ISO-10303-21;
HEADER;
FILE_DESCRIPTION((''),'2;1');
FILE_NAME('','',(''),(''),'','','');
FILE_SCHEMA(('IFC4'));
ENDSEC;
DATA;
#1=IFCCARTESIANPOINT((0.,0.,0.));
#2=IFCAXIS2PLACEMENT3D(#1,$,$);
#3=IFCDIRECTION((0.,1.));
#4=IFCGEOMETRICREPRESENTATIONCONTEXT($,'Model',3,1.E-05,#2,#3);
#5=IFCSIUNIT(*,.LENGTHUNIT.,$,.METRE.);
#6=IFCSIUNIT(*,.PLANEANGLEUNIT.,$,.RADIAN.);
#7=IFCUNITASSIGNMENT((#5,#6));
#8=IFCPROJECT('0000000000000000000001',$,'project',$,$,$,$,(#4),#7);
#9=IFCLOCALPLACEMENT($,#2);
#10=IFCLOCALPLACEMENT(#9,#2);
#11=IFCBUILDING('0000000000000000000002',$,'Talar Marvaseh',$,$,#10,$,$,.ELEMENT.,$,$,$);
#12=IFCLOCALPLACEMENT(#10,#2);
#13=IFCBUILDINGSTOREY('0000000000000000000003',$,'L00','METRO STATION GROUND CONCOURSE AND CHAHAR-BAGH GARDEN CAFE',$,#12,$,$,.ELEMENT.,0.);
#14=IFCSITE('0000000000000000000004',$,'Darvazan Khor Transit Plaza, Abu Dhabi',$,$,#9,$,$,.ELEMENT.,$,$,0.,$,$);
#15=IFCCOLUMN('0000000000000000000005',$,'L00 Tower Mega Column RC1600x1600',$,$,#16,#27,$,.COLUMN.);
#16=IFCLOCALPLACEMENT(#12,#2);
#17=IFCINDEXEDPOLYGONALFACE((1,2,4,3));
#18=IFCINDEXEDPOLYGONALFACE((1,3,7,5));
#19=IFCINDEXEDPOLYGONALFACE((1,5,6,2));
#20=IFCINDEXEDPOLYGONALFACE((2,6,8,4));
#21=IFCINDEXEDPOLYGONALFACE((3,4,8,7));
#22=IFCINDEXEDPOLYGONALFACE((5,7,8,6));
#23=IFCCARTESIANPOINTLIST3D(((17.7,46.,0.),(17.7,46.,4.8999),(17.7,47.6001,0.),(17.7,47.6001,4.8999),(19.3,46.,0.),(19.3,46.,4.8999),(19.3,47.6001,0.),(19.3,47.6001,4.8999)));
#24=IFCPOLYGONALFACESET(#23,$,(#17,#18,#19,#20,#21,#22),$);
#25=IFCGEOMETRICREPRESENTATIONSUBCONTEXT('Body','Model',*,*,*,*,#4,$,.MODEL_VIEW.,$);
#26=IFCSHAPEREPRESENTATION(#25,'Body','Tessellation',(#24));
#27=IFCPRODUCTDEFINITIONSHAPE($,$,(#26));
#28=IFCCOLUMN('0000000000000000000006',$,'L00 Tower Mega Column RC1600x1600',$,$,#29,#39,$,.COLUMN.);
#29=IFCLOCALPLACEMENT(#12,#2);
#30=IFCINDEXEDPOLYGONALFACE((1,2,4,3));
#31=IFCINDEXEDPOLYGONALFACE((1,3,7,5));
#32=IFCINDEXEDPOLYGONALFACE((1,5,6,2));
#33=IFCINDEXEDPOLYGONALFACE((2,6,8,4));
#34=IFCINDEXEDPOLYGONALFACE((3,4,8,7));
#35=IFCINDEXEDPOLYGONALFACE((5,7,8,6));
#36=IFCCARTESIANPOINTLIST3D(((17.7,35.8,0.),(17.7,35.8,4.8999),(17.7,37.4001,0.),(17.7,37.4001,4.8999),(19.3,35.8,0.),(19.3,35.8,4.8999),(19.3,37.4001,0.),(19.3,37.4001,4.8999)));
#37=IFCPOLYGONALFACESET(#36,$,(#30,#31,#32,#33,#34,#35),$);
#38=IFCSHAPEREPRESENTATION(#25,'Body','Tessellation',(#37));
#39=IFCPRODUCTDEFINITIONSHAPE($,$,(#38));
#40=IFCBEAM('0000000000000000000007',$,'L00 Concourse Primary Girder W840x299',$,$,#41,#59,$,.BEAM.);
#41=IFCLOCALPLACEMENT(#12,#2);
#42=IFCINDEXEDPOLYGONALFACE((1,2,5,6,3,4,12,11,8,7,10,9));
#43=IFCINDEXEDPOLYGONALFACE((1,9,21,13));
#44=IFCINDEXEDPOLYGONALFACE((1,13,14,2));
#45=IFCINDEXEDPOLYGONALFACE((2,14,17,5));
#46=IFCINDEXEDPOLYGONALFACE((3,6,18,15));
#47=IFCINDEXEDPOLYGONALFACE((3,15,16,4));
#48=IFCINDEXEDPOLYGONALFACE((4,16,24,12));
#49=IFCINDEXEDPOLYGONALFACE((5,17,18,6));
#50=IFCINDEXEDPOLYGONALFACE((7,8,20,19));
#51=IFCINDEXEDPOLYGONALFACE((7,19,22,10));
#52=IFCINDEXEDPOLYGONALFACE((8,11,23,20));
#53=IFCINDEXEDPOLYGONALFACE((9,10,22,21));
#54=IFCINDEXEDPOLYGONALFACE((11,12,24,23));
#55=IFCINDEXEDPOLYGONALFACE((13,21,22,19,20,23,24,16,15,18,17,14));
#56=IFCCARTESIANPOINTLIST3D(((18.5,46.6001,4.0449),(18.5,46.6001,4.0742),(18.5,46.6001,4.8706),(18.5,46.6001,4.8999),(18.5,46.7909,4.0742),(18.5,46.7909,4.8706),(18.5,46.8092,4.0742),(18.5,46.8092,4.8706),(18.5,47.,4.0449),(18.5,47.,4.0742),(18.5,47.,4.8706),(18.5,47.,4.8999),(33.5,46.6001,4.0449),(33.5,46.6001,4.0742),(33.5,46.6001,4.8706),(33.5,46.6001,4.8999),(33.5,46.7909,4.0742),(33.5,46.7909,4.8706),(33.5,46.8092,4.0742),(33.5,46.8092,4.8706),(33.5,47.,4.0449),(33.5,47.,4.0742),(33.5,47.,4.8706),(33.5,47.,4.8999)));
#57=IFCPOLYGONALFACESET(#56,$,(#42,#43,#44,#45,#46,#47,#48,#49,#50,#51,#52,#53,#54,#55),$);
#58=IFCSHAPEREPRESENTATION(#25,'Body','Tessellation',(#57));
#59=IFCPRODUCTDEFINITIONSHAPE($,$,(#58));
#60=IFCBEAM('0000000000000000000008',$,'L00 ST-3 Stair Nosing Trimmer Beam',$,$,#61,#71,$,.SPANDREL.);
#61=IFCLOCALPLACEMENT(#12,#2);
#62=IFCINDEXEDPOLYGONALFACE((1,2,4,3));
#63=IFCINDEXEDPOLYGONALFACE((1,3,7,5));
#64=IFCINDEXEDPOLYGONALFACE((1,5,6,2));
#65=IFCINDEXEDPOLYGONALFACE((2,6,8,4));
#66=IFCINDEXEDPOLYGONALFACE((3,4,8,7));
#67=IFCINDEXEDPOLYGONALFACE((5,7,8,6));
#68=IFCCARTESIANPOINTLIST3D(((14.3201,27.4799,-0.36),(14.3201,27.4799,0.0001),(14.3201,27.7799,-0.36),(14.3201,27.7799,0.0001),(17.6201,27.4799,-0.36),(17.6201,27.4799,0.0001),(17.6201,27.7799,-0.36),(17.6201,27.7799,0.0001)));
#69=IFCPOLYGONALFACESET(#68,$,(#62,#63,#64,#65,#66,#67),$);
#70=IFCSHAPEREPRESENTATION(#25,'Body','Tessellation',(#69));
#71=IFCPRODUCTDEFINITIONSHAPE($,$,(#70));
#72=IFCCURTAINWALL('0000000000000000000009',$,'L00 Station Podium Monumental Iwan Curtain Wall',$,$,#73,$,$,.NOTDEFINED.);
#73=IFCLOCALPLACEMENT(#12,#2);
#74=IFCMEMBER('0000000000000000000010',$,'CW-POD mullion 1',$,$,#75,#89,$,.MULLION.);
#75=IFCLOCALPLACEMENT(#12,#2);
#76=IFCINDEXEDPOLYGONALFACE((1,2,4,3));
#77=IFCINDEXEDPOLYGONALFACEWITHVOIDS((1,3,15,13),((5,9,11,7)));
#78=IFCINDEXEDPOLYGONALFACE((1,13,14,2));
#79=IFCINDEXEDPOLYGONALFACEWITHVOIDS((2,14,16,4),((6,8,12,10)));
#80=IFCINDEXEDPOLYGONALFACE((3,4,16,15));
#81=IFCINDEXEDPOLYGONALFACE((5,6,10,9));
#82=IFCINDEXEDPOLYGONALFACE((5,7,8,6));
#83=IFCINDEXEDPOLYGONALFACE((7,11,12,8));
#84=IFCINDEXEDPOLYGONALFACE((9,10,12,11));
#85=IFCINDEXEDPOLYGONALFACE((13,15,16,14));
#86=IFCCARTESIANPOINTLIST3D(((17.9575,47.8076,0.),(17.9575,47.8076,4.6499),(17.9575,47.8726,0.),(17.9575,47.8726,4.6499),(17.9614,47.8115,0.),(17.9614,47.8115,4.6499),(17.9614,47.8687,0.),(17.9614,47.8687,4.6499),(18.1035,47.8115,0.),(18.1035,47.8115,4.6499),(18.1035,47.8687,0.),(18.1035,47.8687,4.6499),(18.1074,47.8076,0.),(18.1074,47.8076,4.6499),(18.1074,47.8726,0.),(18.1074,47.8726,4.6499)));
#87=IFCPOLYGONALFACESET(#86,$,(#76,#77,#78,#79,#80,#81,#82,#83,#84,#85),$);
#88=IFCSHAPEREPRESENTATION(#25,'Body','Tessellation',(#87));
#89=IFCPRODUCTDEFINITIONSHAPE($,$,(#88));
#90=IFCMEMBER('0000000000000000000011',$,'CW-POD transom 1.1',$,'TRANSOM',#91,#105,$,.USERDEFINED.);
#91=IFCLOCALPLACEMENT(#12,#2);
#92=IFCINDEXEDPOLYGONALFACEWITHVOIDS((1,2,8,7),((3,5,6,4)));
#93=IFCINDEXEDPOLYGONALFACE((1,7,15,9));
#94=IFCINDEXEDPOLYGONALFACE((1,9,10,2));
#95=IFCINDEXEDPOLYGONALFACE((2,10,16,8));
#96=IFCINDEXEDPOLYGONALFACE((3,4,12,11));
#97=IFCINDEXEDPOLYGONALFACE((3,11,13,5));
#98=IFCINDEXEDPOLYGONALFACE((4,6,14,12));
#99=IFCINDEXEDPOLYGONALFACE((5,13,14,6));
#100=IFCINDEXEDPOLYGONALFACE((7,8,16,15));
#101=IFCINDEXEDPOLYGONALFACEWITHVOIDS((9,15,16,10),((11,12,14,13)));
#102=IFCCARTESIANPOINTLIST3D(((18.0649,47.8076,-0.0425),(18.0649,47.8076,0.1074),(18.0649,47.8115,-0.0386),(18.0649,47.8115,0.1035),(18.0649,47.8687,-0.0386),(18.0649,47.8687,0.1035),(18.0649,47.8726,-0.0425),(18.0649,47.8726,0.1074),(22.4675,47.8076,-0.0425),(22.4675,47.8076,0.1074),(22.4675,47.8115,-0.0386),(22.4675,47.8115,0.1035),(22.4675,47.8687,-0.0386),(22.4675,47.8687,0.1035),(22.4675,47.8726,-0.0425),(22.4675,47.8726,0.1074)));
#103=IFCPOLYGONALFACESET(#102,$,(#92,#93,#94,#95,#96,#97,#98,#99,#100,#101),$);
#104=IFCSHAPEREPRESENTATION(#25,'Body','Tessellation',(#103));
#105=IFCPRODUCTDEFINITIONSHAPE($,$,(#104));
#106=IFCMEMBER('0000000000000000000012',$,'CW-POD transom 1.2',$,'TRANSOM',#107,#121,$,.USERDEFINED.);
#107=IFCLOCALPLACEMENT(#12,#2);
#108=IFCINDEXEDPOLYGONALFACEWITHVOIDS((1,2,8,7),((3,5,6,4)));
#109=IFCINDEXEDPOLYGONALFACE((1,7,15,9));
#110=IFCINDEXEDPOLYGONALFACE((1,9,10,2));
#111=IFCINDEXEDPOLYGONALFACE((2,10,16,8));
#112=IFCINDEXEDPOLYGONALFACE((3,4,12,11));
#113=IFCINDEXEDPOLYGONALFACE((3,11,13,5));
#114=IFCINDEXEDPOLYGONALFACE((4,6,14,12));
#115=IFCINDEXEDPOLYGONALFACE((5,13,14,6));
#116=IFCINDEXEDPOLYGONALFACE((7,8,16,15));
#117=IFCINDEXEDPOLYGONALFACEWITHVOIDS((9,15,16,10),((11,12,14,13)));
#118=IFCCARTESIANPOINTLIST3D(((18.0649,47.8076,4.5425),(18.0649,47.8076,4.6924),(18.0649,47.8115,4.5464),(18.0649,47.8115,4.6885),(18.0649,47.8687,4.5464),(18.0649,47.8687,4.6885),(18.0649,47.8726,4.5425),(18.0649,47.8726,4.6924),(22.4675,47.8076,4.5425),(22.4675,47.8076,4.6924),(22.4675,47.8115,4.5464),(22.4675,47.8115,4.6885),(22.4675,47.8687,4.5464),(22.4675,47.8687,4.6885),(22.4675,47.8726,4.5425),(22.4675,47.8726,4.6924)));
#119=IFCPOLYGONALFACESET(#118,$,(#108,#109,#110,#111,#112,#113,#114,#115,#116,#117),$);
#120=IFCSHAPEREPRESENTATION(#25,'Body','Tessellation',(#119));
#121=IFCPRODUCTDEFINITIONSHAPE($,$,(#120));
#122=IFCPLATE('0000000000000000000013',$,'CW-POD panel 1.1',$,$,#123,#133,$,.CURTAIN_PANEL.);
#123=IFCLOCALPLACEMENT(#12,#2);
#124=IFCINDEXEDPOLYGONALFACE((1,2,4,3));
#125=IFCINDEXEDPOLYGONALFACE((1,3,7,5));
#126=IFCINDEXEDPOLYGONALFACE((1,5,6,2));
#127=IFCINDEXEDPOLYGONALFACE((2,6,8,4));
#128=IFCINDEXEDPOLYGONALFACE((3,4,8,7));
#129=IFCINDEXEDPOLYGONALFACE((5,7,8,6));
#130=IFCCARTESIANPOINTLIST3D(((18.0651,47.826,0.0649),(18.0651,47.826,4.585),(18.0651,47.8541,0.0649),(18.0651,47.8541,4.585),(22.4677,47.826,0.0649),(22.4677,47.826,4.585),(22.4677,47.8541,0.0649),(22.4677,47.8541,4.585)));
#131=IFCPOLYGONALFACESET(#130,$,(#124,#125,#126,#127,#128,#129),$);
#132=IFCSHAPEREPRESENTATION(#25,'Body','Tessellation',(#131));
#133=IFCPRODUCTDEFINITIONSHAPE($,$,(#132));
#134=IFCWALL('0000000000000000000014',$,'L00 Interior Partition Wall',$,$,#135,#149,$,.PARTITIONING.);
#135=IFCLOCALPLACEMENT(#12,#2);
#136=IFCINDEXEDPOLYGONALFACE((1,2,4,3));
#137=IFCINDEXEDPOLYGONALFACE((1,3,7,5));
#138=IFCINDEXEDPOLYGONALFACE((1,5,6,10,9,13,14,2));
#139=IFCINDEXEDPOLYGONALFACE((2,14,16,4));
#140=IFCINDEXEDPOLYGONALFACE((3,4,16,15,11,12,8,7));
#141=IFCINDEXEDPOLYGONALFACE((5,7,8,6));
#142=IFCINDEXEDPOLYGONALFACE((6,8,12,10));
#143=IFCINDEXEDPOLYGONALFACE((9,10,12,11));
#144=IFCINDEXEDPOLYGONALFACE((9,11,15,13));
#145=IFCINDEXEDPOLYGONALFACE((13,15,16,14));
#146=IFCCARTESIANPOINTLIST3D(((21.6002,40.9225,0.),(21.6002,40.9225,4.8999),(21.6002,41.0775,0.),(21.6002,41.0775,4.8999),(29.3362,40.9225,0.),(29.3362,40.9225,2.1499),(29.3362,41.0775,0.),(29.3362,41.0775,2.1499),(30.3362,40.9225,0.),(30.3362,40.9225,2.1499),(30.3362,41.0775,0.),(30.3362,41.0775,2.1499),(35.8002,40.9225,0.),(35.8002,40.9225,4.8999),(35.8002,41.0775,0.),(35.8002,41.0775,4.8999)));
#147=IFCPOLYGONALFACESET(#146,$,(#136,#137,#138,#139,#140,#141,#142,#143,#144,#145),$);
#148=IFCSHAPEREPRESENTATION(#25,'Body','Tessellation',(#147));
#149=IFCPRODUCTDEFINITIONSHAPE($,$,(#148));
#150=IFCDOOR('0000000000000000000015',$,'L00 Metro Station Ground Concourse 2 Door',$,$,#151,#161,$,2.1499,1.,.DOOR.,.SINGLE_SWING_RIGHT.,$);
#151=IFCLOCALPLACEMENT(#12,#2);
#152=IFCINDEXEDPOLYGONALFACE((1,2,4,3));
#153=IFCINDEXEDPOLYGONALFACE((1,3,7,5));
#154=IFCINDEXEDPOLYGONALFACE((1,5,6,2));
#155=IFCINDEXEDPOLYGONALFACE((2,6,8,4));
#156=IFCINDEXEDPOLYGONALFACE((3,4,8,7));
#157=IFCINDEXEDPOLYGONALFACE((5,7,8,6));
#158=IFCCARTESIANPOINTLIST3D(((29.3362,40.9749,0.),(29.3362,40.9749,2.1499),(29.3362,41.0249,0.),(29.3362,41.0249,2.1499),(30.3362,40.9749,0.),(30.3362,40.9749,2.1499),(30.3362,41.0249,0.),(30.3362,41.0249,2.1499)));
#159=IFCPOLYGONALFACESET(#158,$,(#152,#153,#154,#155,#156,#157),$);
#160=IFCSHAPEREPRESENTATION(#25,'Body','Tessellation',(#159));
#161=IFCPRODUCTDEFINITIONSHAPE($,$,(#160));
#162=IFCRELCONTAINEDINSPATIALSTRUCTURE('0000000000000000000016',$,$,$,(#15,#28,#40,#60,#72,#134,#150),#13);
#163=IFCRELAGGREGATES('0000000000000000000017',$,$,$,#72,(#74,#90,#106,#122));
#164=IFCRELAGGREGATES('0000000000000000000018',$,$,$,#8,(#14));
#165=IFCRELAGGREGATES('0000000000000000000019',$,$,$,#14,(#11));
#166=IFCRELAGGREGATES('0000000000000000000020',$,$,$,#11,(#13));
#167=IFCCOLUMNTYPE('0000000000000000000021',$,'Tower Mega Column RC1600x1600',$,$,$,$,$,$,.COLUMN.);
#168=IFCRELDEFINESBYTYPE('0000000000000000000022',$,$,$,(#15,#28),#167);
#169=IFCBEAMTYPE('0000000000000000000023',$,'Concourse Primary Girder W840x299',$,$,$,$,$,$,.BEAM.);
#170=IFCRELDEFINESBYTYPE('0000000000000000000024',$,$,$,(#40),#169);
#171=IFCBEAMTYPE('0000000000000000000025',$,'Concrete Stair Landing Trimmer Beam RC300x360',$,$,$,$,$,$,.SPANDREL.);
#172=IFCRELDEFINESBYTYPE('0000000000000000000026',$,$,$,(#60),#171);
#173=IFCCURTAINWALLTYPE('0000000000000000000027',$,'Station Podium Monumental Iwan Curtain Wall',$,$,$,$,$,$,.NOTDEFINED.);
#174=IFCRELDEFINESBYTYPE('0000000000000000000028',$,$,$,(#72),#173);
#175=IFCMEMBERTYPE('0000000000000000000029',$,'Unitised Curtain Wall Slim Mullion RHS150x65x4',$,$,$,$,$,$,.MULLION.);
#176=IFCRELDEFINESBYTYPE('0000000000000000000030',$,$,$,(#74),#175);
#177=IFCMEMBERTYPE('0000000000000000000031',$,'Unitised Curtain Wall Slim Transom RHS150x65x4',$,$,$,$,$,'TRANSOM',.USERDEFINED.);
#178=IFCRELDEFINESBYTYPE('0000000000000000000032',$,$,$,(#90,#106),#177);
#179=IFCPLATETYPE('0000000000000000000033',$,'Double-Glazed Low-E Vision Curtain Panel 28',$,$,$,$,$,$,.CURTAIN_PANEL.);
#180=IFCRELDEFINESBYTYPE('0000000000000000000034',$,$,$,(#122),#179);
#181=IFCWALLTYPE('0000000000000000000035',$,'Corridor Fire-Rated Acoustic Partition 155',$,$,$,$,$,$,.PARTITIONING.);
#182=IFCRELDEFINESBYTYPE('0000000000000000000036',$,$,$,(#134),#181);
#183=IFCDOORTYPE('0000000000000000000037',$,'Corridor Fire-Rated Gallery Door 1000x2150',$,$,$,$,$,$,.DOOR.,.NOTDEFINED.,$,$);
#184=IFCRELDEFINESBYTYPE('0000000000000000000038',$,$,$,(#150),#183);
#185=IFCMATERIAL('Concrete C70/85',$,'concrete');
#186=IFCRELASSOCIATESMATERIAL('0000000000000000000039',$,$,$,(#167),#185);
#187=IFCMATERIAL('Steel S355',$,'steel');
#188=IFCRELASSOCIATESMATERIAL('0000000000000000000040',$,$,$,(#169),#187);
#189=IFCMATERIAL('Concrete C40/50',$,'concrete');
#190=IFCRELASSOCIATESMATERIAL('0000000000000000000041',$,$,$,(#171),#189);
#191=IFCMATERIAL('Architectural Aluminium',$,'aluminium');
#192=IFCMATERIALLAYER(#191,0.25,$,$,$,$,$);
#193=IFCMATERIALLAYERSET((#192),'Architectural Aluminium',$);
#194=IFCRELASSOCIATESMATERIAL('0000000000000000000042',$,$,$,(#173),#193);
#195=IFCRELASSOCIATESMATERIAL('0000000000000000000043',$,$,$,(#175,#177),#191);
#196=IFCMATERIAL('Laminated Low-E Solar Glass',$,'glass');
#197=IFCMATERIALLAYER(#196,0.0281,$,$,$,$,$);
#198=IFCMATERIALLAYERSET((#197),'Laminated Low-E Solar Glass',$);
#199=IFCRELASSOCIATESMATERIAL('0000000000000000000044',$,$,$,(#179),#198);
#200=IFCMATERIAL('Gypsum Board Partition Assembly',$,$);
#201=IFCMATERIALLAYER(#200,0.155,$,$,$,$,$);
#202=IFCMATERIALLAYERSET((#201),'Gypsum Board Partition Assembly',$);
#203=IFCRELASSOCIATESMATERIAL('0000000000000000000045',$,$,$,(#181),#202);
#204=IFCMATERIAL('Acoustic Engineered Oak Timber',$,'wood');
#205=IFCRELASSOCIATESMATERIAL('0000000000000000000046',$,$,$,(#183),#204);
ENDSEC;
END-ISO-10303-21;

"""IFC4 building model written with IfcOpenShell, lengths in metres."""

from ifc_helpers import new_model, si_unit, direction, frame, frame_2d, origin, origin_2d, place, context, subcontext, project, spatial, rectangle, hollow_rectangle, i_section, extrude, source, transform, mapped, material, layer, layer_set, material_profile, profile_set, type_object, type_shapes, element, fill, aggregate, save


model = new_model("IFC4")

# Units and contexts
model_context = context("Model", 3, precision=1e-05, world=origin(), true_north=direction((0.0, 1.0)))
body_context = subcontext(model_context, "Body", "Model", "MODEL_VIEW")
ifc_project = project(units=[si_unit("LENGTHUNIT", "METRE"), si_unit("PLANEANGLEUNIT", "RADIAN")], contexts=[model_context])

# Site, building, storey
site_placement = place(None, origin())
site = spatial("IfcSite", under=ifc_project, at=site_placement, Name="Darvazan Khor Transit Plaza, Abu Dhabi", CompositionType="ELEMENT", RefElevation=0.0)
building_placement = place(site_placement, origin())
building = spatial("IfcBuilding", under=site, at=building_placement, Name="Talar Marvaseh", CompositionType="ELEMENT")
storey_placement = place(building_placement, origin())
storey = spatial("IfcBuildingStorey", under=building, at=storey_placement, Name="L00", Description="METRO STATION GROUND CONCOURSE AND CHAHAR-BAGH GARDEN CAFE", CompositionType="ELEMENT", Elevation=0.0)

# Columns
ifc_material_1 = material(Name="Concrete C70/85", Category="concrete")
ifc_material_profile_1 = material_profile(ifc_material_1, rectangle(XDim=1.6001, YDim=1.6001, at=origin_2d()), Name="RC1600x1600")
ifc_profile_set_1 = profile_set([ifc_material_profile_1], Name="Concrete C70/85")
column_type = type_object("IfcColumnType", Name="Tower Mega Column RC1600x1600", PredefinedType="COLUMN", material=ifc_profile_set_1)
for number, where, z_axis, x_axis, name in (
    (1, (18.5, 46.8, 0.0), (0.0, 0.0, 1.0), (1.0, 0.0, 0.0), "L00 Tower Mega Column RC1600x1600"),
    (2, (18.5, 36.6001, 0.0), (0.0, 0.0, 1.0), (1.0, 0.0, 0.0), "L00 Tower Mega Column RC1600x1600"),
):
    element("IfcColumn", number, at=place(storey_placement, frame(where, z_axis=z_axis, x_axis=x_axis)), inside=storey, type_object=column_type, Name=name, PredefinedType="COLUMN", context=body_context, shape_type="SweptSolid", body=[
        extrude(rectangle(XDim=1.6001, YDim=1.6001, at=origin_2d()), origin(), (0.0, 0.0, 1.0), 4.8999),
    ])

# Beams
ifc_material_2 = material(Name="Steel S355", Category="steel")
ifc_material_profile_2 = material_profile(ifc_material_2, i_section(OverallWidth=0.3999, OverallDepth=0.855, WebThickness=0.0183, FlangeThickness=0.0293, at=origin_2d()), Name="W840x299")
ifc_profile_set_2 = profile_set([ifc_material_profile_2], Name="Steel S355")
beam_type_1 = type_object("IfcBeamType", Name="Concourse Primary Girder W840x299", PredefinedType="BEAM", material=ifc_profile_set_2)
beam_1_placement = place(storey_placement, frame((18.5, 46.8, 4.4724), z_axis=(1.0, 0.0, 0.0), x_axis=(0.0, 1.0, 0.0)))
element("IfcBeam", 3, at=beam_1_placement, inside=storey, type_object=beam_type_1, Name="L00 Concourse Primary Girder W840x299", PredefinedType="BEAM", context=body_context, shape_type="SweptSolid", body=[
    extrude(i_section(OverallWidth=0.3999, OverallDepth=0.855, WebThickness=0.0183, FlangeThickness=0.0293, at=origin_2d()), origin(), (0.0, 0.0, 1.0), 15.0),
])
ifc_material_3 = material(Name="Concrete C40/50", Category="concrete")
ifc_material_profile_3 = material_profile(ifc_material_3, rectangle(XDim=0.3, YDim=0.3601, at=origin_2d()), Name="RC300x360")
ifc_profile_set_3 = profile_set([ifc_material_profile_3], Name="Concrete C40/50")
beam_type_2 = type_object("IfcBeamType", Name="Concrete Stair Landing Trimmer Beam RC300x360", PredefinedType="SPANDREL", material=ifc_profile_set_3)
beam_2_placement = place(storey_placement, frame((17.6201, 27.6299, -0.1799), z_axis=(-1.0, 0.0, 0.0), x_axis=(0.0, -1.0, 0.0)))
element("IfcBeam", 4, at=beam_2_placement, inside=storey, type_object=beam_type_2, Name="L00 ST-3 Stair Nosing Trimmer Beam", PredefinedType="SPANDREL", context=body_context, shape_type="SweptSolid", body=[
    extrude(rectangle(XDim=0.3, YDim=0.3601, at=origin_2d()), origin(), (0.0, 0.0, 1.0), 3.3),
])

# Curtain wall, members, plate
ifc_material_4 = material(Name="Architectural Aluminium", Category="aluminium")
ifc_layer_1 = layer(ifc_material_4, 0.25)
ifc_layer_set_1 = layer_set([ifc_layer_1], Name="Architectural Aluminium")
curtain_wall_type = type_object("IfcCurtainWallType", Name="Station Podium Monumental Iwan Curtain Wall", PredefinedType="NOTDEFINED", material=ifc_layer_set_1)
curtain_wall_placement = place(storey_placement, origin())
curtain_wall = element("IfcCurtainWall", 5, at=curtain_wall_placement, inside=storey, type_object=curtain_wall_type, Name="L00 Station Podium Monumental Iwan Curtain Wall", PredefinedType="NOTDEFINED")
ifc_material_profile_4 = material_profile(ifc_material_4, hollow_rectangle(XDim=0.0649, YDim=0.1499, WallThickness=0.0039, at=origin_2d()), Name="RHS150x65x4")
ifc_profile_set_4 = profile_set([ifc_material_profile_4], Name="Architectural Aluminium")
member_type_1 = type_object("IfcMemberType", Name="Unitised Curtain Wall Slim Mullion RHS150x65x4", PredefinedType="MULLION", material=ifc_profile_set_4)
shared_shape_1 = source(origin(), body_context, "Body", "SweptSolid", [
    extrude(hollow_rectangle(XDim=0.0649, YDim=0.1499, WallThickness=0.0039, at=origin_2d()), origin(), (0.0, 0.0, 1.0), 4.6499),
])
type_shapes(member_type_1, [shared_shape_1])
member_1_placement = place(storey_placement, frame((18.0325, 47.8401, 0.0), z_axis=(0.0, 0.0, 1.0), x_axis=(0.0, 1.0, 0.0)))
member_1 = element("IfcMember", 6, at=member_1_placement, type_object=member_type_1, Name="CW-POD mullion 1", PredefinedType="MULLION", context=body_context, shape_type="MappedRepresentation", body=[
    mapped(shared_shape_1, transform((0.0, 0.0, 0.0), x_axis=(1.0, 0.0, 0.0), y_axis=(0.0, 1.0, 0.0), z_axis=(0.0, 0.0, 1.0), scale=1.0)),
])
ifc_material_profile_5 = material_profile(ifc_material_4, hollow_rectangle(XDim=0.0649, YDim=0.1499, WallThickness=0.0039, at=origin_2d()), Name="RHS150x65x4")
ifc_profile_set_5 = profile_set([ifc_material_profile_5], Name="Architectural Aluminium")
member_type_2 = type_object("IfcMemberType", Name="Unitised Curtain Wall Slim Transom RHS150x65x4", ElementType="TRANSOM", PredefinedType="USERDEFINED", material=ifc_profile_set_5)
shared_shape_2 = source(origin(), body_context, "Body", "SweptSolid", [
    extrude(hollow_rectangle(XDim=0.0649, YDim=0.1499, WallThickness=0.0039, at=origin_2d()), origin(), (0.0, 0.0, 1.0), 4.4026),
])
type_shapes(member_type_2, [shared_shape_2])
member_2_placement = place(storey_placement, frame((18.0649, 47.8401, 0.0325), z_axis=(1.0, 0.0, 0.0), x_axis=(0.0, 1.0, 0.0)))
member_2 = element("IfcMember", 7, at=member_2_placement, type_object=member_type_2, Name="CW-POD transom 1.1", ObjectType="TRANSOM", PredefinedType="USERDEFINED", context=body_context, shape_type="MappedRepresentation", body=[
    mapped(shared_shape_2, transform((0.0, 0.0, 0.0), x_axis=(1.0, 0.0, 0.0), y_axis=(0.0, 1.0, 0.0), z_axis=(0.0, 0.0, 1.0), scale=1.0)),
])
member_3_placement = place(storey_placement, frame((18.0649, 47.8401, 4.6174), z_axis=(1.0, 0.0, 0.0), x_axis=(0.0, 1.0, 0.0)))
member_3 = element("IfcMember", 8, at=member_3_placement, type_object=member_type_2, Name="CW-POD transom 1.2", ObjectType="TRANSOM", PredefinedType="USERDEFINED", context=body_context, shape_type="MappedRepresentation", body=[
    mapped(shared_shape_2, transform((0.0, 0.0, 0.0), x_axis=(1.0, 0.0, 0.0), y_axis=(0.0, 1.0, 0.0), z_axis=(0.0, 0.0, 1.0), scale=1.0)),
])
ifc_material_5 = material(Name="Laminated Low-E Solar Glass", Category="glass")
ifc_layer_2 = layer(ifc_material_5, 0.0281)
ifc_layer_set_2 = layer_set([ifc_layer_2], Name="Laminated Low-E Solar Glass")
plate_type = type_object("IfcPlateType", Name="Double-Glazed Low-E Vision Curtain Panel 28", PredefinedType="CURTAIN_PANEL", material=ifc_layer_set_2)
shared_shape_3 = source(origin(), body_context, "Body", "SweptSolid", [
    extrude(rectangle(XDim=4.4026, YDim=0.0281, at=origin_2d()), origin(), (0.0, 0.0, 1.0), 4.52),
])
type_shapes(plate_type, [shared_shape_3])
plate_placement = place(storey_placement, frame((20.2664, 47.8401, 0.0649), z_axis=(0.0, 0.0, 1.0), x_axis=(1.0, 0.0, 0.0)))
plate = element("IfcPlate", 9, at=plate_placement, type_object=plate_type, Name="CW-POD panel 1.1", PredefinedType="CURTAIN_PANEL", context=body_context, shape_type="MappedRepresentation", body=[
    mapped(shared_shape_3, transform((0.0, 0.0, 0.0), x_axis=(1.0, 0.0, 0.0), y_axis=(0.0, 1.0, 0.0), z_axis=(0.0, 0.0, 1.0), scale=1.0)),
])
aggregate(curtain_wall, [member_1, member_2, member_3, plate])

# Wall, opening, door
ifc_material_6 = material(Name="Gypsum Board Partition Assembly")
ifc_layer_3 = layer(ifc_material_6, 0.155)
ifc_layer_set_3 = layer_set([ifc_layer_3], Name="Gypsum Board Partition Assembly")
wall_type_1 = type_object("IfcWallType", Name="Corridor Fire-Rated Acoustic Partition 155", PredefinedType="PARTITIONING", material=ifc_layer_set_3)
wall_1_placement = place(storey_placement, frame((21.6001, 41.0, 0.0), z_axis=(0.0, 0.0, 1.0), x_axis=(1.0, 0.0, 0.0)))
wall_1 = element("IfcWall", 10, at=wall_1_placement, inside=storey, type_object=wall_type_1, Name="L00 Interior Partition Wall", PredefinedType="PARTITIONING", context=body_context, shape_type="SweptSolid", body=[
    extrude(rectangle(XDim=14.2, YDim=0.155, at=frame_2d((7.1001, 0.0))), origin(), (0.0, 0.0, 1.0), 4.8999),
])
opening_1_placement = place(wall_1_placement, frame((7.7361, 0.0, 0.0)))
opening_1 = element("IfcOpeningElement", 11, at=opening_1_placement, cuts=wall_1, PredefinedType="OPENING", context=body_context, shape_type="SweptSolid", body=[
    extrude(rectangle(XDim=1.0, YDim=2.1499, at=frame_2d((0.5, 1.075))), frame((0.0, 0.0874, 0.0), z_axis=(0.0, -1.0, 0.0), x_axis=(1.0, 0.0, 0.0)), (0.0, 0.0, 1.0), 0.175),
])
ifc_material_7 = material(Name="Acoustic Engineered Oak Timber", Category="wood")
door_type_1 = type_object("IfcDoorType", Name="Corridor Fire-Rated Gallery Door 1000x2150", OperationType="NOTDEFINED", PredefinedType="DOOR", material=ifc_material_7)
shared_shape_4 = source(origin(), body_context, "Body", "SweptSolid", [
    extrude(rectangle(XDim=1.0, YDim=2.1499, at=frame_2d((0.5, 1.075))), frame((0.0, 0.0249, 0.0), z_axis=(0.0, -1.0, 0.0), x_axis=(1.0, 0.0, 0.0)), (0.0, 0.0, 1.0), 0.05),
])
type_shapes(door_type_1, [shared_shape_4])
door_1_placement = place(opening_1_placement, origin())
door_1 = element("IfcDoor", 12, at=door_1_placement, inside=storey, type_object=door_type_1, Name="L00 Metro Station Ground Concourse 2 Door", OperationType="SINGLE_SWING_RIGHT", OverallHeight=2.1499, OverallWidth=1.0, PredefinedType="DOOR", context=body_context, shape_type="MappedRepresentation", body=[
    mapped(shared_shape_4, transform((0.0, 0.0, 0.0), x_axis=(1.0, 0.0, 0.0), y_axis=(0.0, 1.0, 0.0), z_axis=(0.0, 0.0, 1.0), scale=1.0)),
])
fill(opening_1, door_1)

save(model, "model.ifc")
